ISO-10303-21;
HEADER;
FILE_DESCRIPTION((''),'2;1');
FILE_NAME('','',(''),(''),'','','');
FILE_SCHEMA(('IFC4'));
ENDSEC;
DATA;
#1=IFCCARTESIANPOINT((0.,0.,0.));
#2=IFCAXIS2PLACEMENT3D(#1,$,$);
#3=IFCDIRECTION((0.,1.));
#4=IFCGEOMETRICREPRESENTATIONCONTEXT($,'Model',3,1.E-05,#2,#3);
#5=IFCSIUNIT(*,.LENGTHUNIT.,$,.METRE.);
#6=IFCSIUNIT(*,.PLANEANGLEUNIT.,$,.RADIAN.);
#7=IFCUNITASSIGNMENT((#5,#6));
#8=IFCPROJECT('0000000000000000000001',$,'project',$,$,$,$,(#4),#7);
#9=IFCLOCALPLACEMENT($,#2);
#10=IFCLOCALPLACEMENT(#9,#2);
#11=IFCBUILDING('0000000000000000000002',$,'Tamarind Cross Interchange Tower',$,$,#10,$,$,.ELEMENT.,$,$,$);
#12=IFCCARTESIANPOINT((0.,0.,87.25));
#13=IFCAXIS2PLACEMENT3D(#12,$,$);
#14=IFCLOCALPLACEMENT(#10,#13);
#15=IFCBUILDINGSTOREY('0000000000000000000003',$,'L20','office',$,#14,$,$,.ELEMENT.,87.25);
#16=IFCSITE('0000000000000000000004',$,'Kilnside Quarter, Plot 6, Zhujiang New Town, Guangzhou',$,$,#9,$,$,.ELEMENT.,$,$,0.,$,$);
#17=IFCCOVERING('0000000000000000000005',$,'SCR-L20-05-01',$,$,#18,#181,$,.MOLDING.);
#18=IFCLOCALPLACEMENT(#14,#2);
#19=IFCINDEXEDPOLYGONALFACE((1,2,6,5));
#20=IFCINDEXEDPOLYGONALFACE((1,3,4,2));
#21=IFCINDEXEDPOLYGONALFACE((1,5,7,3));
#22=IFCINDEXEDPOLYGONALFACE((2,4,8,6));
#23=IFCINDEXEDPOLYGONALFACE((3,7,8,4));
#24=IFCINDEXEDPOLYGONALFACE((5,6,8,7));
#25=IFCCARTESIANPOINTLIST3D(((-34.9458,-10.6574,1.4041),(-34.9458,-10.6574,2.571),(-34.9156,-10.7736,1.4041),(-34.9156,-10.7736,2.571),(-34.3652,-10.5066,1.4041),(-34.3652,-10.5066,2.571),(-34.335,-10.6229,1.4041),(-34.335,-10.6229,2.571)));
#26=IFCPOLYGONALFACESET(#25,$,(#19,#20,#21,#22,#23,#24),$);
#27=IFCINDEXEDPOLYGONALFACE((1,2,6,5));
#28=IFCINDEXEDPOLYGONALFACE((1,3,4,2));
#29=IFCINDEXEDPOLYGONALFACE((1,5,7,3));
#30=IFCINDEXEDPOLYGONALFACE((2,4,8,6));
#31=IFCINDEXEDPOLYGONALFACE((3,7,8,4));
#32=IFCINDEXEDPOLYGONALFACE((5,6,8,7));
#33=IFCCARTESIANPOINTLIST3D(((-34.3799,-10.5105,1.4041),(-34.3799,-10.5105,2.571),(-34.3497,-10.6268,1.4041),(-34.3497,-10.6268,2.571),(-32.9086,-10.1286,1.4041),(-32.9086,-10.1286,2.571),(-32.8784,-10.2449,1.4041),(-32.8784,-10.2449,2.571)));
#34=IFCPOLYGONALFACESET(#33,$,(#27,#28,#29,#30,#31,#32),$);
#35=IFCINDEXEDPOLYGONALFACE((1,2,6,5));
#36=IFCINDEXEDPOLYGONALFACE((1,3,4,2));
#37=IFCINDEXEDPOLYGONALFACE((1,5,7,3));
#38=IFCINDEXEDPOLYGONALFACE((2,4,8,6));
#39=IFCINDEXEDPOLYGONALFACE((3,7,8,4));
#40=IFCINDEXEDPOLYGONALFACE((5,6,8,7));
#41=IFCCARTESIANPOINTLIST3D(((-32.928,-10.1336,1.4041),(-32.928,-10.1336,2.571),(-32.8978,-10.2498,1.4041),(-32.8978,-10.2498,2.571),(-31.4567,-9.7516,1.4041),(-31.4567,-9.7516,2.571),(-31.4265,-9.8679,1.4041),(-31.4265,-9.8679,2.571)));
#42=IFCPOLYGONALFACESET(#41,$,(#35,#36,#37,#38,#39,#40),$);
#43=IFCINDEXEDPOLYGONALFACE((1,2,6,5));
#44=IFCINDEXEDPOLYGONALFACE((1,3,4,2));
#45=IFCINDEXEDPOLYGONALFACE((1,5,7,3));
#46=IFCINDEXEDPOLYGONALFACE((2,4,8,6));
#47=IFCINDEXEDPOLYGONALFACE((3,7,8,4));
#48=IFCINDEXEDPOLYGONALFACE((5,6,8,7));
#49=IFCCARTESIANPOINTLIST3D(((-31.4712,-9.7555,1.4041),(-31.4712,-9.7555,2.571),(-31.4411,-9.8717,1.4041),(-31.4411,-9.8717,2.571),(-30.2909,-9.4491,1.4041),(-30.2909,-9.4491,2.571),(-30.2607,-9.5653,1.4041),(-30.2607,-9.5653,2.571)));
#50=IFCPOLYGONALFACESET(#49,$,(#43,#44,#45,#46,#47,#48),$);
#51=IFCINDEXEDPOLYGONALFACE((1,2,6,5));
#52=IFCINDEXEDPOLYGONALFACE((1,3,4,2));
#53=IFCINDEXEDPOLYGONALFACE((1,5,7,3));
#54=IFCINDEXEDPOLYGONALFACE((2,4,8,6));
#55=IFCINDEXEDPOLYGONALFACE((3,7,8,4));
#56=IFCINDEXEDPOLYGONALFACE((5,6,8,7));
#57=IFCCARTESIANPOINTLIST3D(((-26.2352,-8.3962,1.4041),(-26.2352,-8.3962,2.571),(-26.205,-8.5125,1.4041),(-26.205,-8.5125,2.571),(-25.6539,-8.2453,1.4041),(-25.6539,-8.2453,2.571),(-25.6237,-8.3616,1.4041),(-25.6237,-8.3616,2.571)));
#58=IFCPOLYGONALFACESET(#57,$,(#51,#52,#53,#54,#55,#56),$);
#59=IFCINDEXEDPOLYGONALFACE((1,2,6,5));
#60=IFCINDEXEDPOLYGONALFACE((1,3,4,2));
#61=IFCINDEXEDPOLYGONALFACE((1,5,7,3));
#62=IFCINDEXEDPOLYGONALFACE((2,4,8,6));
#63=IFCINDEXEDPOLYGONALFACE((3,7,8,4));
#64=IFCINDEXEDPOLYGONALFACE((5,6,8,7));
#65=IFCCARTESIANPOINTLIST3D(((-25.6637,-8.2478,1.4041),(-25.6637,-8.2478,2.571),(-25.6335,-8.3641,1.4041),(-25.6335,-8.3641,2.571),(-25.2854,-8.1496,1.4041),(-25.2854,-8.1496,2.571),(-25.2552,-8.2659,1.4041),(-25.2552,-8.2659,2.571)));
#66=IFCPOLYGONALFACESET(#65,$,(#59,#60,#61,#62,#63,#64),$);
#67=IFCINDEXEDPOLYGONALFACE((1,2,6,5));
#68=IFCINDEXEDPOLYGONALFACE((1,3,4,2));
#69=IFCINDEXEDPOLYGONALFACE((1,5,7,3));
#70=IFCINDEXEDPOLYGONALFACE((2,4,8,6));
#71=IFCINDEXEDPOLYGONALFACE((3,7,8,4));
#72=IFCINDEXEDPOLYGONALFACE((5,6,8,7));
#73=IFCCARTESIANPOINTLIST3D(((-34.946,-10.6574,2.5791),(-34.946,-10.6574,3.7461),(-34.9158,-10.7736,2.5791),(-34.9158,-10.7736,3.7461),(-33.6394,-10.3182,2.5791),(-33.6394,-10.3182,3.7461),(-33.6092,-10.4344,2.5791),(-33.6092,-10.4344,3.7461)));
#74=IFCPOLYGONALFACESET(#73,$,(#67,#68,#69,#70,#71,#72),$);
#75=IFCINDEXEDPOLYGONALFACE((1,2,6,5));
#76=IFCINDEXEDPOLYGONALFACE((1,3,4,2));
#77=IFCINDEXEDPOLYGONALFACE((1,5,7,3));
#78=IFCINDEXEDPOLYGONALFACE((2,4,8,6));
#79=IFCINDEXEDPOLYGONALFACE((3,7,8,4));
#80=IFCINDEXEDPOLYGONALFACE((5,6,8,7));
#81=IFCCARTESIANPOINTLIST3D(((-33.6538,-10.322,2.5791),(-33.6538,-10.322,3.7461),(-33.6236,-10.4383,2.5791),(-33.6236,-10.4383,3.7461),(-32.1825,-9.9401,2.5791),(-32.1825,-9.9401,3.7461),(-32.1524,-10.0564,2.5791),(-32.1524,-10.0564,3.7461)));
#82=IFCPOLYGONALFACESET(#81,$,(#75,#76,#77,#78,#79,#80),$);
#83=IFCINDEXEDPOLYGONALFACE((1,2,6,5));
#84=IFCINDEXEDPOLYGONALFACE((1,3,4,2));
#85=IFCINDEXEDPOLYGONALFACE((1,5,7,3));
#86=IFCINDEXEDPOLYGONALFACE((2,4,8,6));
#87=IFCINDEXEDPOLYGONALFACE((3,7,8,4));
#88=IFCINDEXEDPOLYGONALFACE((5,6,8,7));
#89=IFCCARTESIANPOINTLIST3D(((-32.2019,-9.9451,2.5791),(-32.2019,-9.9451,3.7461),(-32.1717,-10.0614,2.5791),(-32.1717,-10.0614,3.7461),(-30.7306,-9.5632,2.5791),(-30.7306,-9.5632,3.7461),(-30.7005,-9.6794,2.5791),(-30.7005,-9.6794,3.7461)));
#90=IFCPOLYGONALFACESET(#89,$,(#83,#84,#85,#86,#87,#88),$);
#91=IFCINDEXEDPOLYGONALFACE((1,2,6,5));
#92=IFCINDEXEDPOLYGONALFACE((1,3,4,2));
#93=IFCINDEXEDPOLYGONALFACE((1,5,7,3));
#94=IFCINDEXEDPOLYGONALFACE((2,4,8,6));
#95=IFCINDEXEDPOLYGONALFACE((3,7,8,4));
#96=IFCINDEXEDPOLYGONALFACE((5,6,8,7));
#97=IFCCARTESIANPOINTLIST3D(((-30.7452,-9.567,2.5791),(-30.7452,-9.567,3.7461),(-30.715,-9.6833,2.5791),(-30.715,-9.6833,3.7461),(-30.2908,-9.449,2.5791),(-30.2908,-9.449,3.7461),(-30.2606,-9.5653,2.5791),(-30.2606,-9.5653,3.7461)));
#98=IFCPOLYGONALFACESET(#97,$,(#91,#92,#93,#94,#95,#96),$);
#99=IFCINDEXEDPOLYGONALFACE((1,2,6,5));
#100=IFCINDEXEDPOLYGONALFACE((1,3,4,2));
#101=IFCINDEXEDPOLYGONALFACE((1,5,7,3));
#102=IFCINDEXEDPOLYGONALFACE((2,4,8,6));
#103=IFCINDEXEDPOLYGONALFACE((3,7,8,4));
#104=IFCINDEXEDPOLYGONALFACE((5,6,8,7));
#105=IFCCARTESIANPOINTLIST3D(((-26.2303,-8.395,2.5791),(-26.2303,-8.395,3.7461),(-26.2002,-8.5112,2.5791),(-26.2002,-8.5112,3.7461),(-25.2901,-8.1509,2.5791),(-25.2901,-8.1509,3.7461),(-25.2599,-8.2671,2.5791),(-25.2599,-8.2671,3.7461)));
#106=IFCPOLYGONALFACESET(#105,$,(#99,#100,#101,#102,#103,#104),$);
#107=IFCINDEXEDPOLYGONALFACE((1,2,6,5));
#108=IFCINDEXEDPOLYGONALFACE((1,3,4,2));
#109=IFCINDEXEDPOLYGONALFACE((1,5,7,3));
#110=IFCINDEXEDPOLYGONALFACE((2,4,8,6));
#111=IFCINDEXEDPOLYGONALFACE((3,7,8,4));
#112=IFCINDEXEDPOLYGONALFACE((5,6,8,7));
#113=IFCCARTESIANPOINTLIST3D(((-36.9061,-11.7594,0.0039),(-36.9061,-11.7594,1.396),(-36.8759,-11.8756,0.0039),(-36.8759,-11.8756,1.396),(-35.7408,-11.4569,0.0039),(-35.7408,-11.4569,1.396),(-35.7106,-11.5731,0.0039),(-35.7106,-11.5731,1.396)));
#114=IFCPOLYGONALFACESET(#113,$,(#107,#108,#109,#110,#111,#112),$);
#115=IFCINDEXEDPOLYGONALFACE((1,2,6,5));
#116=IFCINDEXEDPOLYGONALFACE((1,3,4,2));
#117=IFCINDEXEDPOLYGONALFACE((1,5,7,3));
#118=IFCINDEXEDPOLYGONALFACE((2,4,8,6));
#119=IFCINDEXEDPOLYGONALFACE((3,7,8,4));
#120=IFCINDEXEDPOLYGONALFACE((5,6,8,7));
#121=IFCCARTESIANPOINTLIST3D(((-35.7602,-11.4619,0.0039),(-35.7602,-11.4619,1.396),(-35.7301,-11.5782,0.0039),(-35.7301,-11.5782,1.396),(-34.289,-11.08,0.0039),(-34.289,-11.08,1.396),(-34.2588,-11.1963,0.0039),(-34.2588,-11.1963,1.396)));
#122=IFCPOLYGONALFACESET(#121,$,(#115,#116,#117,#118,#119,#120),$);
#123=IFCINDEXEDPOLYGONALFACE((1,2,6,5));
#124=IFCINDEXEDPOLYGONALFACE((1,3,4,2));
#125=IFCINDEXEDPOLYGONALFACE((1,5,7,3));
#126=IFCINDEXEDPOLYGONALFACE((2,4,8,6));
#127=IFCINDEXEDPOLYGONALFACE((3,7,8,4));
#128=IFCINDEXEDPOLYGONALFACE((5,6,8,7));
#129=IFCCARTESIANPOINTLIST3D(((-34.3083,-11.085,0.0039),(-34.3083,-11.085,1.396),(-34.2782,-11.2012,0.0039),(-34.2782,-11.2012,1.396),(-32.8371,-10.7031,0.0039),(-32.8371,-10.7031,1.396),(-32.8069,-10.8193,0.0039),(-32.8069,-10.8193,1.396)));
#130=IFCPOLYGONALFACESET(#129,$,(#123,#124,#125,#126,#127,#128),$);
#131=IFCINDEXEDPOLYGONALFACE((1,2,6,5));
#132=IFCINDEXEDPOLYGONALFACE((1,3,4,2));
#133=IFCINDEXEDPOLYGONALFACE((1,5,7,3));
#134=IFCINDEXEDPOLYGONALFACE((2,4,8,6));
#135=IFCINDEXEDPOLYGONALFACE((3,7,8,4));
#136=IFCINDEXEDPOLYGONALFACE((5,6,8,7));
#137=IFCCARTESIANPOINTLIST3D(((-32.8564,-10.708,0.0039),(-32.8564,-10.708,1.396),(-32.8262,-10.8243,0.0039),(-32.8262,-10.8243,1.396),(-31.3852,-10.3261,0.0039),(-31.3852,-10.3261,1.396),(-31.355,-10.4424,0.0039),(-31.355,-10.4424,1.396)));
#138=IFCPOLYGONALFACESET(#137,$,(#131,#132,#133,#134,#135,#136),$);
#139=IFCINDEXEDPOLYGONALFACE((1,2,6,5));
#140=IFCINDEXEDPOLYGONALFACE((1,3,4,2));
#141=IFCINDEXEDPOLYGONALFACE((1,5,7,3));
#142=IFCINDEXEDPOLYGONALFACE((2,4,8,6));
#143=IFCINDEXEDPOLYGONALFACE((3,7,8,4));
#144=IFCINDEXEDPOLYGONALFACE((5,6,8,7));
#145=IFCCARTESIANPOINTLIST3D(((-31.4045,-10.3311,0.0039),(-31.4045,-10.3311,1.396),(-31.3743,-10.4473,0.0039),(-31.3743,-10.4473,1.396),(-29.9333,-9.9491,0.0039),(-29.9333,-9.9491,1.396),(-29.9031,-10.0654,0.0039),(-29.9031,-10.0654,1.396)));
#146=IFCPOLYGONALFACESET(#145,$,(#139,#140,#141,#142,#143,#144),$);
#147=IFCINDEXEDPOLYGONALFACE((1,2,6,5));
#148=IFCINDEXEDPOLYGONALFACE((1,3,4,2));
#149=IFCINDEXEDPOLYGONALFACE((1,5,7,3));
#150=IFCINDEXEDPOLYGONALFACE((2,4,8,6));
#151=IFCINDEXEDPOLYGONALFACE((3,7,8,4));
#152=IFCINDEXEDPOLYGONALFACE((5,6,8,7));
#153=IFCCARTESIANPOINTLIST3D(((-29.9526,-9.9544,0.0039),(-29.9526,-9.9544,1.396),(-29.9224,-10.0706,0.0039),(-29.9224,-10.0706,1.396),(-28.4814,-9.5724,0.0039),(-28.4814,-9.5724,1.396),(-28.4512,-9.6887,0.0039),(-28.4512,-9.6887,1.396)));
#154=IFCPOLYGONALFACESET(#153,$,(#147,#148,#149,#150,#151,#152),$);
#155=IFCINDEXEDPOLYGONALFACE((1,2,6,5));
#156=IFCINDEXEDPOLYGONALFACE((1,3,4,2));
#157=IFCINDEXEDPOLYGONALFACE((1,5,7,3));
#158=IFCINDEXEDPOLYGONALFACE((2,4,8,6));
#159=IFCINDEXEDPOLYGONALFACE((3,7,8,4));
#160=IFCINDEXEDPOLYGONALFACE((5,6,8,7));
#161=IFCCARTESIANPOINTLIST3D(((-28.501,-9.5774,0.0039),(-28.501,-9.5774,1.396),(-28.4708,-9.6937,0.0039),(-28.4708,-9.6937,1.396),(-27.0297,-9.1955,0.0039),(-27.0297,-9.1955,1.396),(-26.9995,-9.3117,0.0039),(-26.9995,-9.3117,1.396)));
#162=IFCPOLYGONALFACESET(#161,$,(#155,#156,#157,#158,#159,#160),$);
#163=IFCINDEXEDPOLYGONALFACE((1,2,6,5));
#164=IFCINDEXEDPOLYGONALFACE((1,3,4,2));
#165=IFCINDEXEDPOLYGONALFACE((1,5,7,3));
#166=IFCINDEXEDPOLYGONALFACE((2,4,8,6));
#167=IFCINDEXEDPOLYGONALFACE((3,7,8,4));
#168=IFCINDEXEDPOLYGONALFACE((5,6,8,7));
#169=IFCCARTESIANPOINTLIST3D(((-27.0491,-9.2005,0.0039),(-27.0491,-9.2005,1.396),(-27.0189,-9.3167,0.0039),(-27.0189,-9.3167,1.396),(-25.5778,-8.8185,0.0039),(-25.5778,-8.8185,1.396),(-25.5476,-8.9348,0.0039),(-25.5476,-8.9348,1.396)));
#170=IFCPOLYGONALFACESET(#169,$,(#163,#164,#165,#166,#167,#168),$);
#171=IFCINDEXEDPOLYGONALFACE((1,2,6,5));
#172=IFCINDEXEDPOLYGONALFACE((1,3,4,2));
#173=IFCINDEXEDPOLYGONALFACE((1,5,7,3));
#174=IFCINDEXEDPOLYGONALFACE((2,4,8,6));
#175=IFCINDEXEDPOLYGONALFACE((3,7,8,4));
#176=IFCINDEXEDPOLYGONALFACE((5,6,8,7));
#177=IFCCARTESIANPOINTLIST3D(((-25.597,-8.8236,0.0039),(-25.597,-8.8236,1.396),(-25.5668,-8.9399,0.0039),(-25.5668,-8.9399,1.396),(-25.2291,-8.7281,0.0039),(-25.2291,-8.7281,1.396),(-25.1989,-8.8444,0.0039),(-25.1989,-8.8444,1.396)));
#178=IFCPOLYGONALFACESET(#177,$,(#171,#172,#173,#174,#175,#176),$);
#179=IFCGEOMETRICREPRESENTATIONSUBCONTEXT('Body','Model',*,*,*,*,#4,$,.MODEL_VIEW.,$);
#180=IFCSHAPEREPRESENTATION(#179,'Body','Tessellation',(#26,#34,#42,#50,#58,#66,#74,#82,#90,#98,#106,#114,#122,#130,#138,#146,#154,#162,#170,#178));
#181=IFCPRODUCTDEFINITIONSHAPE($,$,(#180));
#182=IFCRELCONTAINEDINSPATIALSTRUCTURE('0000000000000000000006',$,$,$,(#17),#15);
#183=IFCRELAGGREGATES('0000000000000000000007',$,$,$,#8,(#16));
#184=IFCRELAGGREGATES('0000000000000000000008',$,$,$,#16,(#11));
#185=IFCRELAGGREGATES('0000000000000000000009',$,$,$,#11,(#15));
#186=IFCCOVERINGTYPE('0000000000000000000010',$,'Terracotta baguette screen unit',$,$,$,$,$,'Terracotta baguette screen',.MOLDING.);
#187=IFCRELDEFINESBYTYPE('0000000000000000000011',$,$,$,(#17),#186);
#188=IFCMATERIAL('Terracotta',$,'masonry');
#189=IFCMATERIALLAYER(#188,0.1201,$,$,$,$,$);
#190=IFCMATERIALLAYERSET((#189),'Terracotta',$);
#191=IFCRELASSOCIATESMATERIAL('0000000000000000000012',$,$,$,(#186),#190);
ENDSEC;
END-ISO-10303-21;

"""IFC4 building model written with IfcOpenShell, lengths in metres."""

from ifc_helpers import new_model, si_unit, direction, frame, origin, origin_2d, place, context, subcontext, project, spatial, rectangle, extrude, material, layer, layer_set, type_object, element, save


model = new_model("IFC4")

# Units and contexts
model_context = context("Model", 3, precision=1e-05, world=origin(), true_north=direction((0.0, 1.0)))
body_context = subcontext(model_context, "Body", "Model", "MODEL_VIEW")
ifc_project = project(units=[si_unit("LENGTHUNIT", "METRE"), si_unit("PLANEANGLEUNIT", "RADIAN")], contexts=[model_context])

# Site, building, storey
site_placement = place(None, origin())
site = spatial("IfcSite", under=ifc_project, at=site_placement, Name="Kilnside Quarter, Plot 6, Zhujiang New Town, Guangzhou", CompositionType="ELEMENT", RefElevation=0.0)
building_placement = place(site_placement, origin())
building = spatial("IfcBuilding", under=site, at=building_placement, Name="Tamarind Cross Interchange Tower", CompositionType="ELEMENT")
storey_placement = place(building_placement, frame((0.0, 0.0, 87.25)))
storey = spatial("IfcBuildingStorey", under=building, at=storey_placement, Name="L20", Description="office", CompositionType="ELEMENT", Elevation=87.25)

# Covering
ifc_material_1 = material(Name="Terracotta", Category="masonry")
ifc_layer_1 = layer(ifc_material_1, 0.1201)
ifc_layer_set_1 = layer_set([ifc_layer_1], Name="Terracotta")
covering_type = type_object("IfcCoveringType", Name="Terracotta baguette screen unit", ElementType="Terracotta baguette screen", PredefinedType="MOLDING", material=ifc_layer_set_1)
covering_1_placement = place(storey_placement, origin())
element("IfcCovering", 1, at=covering_1_placement, inside=storey, type_object=covering_type, Name="SCR-L20-05-01", PredefinedType="MOLDING", context=body_context, shape_type="SweptSolid", body=[
    extrude(rectangle(XDim=0.5999, YDim=0.1201, at=origin_2d()), frame((-34.6404, -10.6401, 1.4041), z_axis=(0.0, 0.0, 1.0), x_axis=(0.967918, 0.251267, 0.0)), (0.0, 0.0, 1.0), 1.167),
    extrude(rectangle(XDim=1.52, YDim=0.1201, at=origin_2d()), frame((-33.6292, -10.3777, 1.4041), z_axis=(0.0, 0.0, 1.0), x_axis=(0.967918, 0.251267, 0.0)), (0.0, 0.0, 1.0), 1.167),
    extrude(rectangle(XDim=1.52, YDim=0.1201, at=origin_2d()), frame((-32.1772, -10.0007, 1.4041), z_axis=(0.0, 0.0, 1.0), x_axis=(0.967918, 0.251267, 0.0)), (0.0, 0.0, 1.0), 1.167),
    extrude(rectangle(XDim=1.2195, YDim=0.1201, at=origin_2d()), frame((-30.866, -9.6604, 1.4041), z_axis=(0.0, 0.0, 1.0), x_axis=(0.967918, 0.251267, 0.0)), (0.0, 0.0, 1.0), 1.167),
    extrude(rectangle(XDim=0.6006, YDim=0.1201, at=origin_2d()), frame((-25.9294, -8.3789, 1.4041), z_axis=(0.0, 0.0, 1.0), x_axis=(0.967918, 0.251267, 0.0)), (0.0, 0.0, 1.0), 1.167),
    extrude(rectangle(XDim=0.3909, YDim=0.1201, at=origin_2d()), frame((-25.4595, -8.2568, 1.4041), z_axis=(0.0, 0.0, 1.0), x_axis=(0.967918, 0.251267, 0.0)), (0.0, 0.0, 1.0), 1.167),
    extrude(rectangle(XDim=1.3499, YDim=0.1201, at=origin_2d()), frame((-34.2776, -10.5459, 2.5791), z_axis=(0.0, 0.0, 1.0), x_axis=(0.967918, 0.251267, 0.0)), (0.0, 0.0, 1.0), 1.167),
    extrude(rectangle(XDim=1.52, YDim=0.1201, at=origin_2d()), frame((-32.9031, -10.1892, 2.5791), z_axis=(0.0, 0.0, 1.0), x_axis=(0.967918, 0.251267, 0.0)), (0.0, 0.0, 1.0), 1.167),
    extrude(rectangle(XDim=1.52, YDim=0.1201, at=origin_2d()), frame((-31.4512, -9.8123, 2.5791), z_axis=(0.0, 0.0, 1.0), x_axis=(0.967918, 0.251267, 0.0)), (0.0, 0.0, 1.0), 1.167),
    extrude(rectangle(XDim=0.4695, YDim=0.1201, at=origin_2d()), frame((-30.5029, -9.5662, 2.5791), z_axis=(0.0, 0.0, 1.0), x_axis=(0.967918, 0.251267, 0.0)), (0.0, 0.0, 1.0), 1.167),
    extrude(rectangle(XDim=0.9714, YDim=0.1201, at=origin_2d()), frame((-25.7451, -8.3311, 2.5791), z_axis=(0.0, 0.0, 1.0), x_axis=(0.967918, 0.251267, 0.0)), (0.0, 0.0, 1.0), 1.167),
    extrude(rectangle(XDim=1.2039, YDim=0.1201, at=origin_2d()), frame((-36.3083, -11.6663, 0.0039), z_axis=(0.0, 0.0, 1.0), x_axis=(0.967918, 0.251267, 0.0)), (0.0, 0.0, 1.0), 1.3921),
    extrude(rectangle(XDim=1.52, YDim=0.1201, at=origin_2d()), frame((-35.0095, -11.3291, 0.0039), z_axis=(0.0, 0.0, 1.0), x_axis=(0.967918, 0.251267, 0.0)), (0.0, 0.0, 1.0), 1.3921),
    extrude(rectangle(XDim=1.52, YDim=0.1201, at=origin_2d()), frame((-33.5576, -10.9521, 0.0039), z_axis=(0.0, 0.0, 1.0), x_axis=(0.967918, 0.251267, 0.0)), (0.0, 0.0, 1.0), 1.3921),
    extrude(rectangle(XDim=1.52, YDim=0.1201, at=origin_2d()), frame((-32.1057, -10.5752, 0.0039), z_axis=(0.0, 0.0, 1.0), x_axis=(0.967918, 0.251267, 0.0)), (0.0, 0.0, 1.0), 1.3921),
    extrude(rectangle(XDim=1.52, YDim=0.1201, at=origin_2d()), frame((-30.6538, -10.1982, 0.0039), z_axis=(0.0, 0.0, 1.0), x_axis=(0.967918, 0.251267, 0.0)), (0.0, 0.0, 1.0), 1.3921),
    extrude(rectangle(XDim=1.52, YDim=0.1201, at=origin_2d()), frame((-29.2019, -9.8215, 0.0039), z_axis=(0.0, 0.0, 1.0), x_axis=(0.967918, 0.251267, 0.0)), (0.0, 0.0, 1.0), 1.3921),
    extrude(rectangle(XDim=1.52, YDim=0.1201, at=origin_2d()), frame((-27.7502, -9.4446, 0.0039), z_axis=(0.0, 0.0, 1.0), x_axis=(0.967918, 0.251267, 0.0)), (0.0, 0.0, 1.0), 1.3921),
    extrude(rectangle(XDim=1.52, YDim=0.1201, at=origin_2d()), frame((-26.2983, -9.0676, 0.0039), z_axis=(0.0, 0.0, 1.0), x_axis=(0.967918, 0.251267, 0.0)), (0.0, 0.0, 1.0), 1.3921),
    extrude(rectangle(XDim=0.3801, YDim=0.1201, at=origin_2d()), frame((-25.3979, -8.834, 0.0039), z_axis=(0.0, 0.0, 1.0), x_axis=(0.967918, 0.251267, 0.0)), (0.0, 0.0, 1.0), 1.3921),
])

save(model, "model.ifc")
